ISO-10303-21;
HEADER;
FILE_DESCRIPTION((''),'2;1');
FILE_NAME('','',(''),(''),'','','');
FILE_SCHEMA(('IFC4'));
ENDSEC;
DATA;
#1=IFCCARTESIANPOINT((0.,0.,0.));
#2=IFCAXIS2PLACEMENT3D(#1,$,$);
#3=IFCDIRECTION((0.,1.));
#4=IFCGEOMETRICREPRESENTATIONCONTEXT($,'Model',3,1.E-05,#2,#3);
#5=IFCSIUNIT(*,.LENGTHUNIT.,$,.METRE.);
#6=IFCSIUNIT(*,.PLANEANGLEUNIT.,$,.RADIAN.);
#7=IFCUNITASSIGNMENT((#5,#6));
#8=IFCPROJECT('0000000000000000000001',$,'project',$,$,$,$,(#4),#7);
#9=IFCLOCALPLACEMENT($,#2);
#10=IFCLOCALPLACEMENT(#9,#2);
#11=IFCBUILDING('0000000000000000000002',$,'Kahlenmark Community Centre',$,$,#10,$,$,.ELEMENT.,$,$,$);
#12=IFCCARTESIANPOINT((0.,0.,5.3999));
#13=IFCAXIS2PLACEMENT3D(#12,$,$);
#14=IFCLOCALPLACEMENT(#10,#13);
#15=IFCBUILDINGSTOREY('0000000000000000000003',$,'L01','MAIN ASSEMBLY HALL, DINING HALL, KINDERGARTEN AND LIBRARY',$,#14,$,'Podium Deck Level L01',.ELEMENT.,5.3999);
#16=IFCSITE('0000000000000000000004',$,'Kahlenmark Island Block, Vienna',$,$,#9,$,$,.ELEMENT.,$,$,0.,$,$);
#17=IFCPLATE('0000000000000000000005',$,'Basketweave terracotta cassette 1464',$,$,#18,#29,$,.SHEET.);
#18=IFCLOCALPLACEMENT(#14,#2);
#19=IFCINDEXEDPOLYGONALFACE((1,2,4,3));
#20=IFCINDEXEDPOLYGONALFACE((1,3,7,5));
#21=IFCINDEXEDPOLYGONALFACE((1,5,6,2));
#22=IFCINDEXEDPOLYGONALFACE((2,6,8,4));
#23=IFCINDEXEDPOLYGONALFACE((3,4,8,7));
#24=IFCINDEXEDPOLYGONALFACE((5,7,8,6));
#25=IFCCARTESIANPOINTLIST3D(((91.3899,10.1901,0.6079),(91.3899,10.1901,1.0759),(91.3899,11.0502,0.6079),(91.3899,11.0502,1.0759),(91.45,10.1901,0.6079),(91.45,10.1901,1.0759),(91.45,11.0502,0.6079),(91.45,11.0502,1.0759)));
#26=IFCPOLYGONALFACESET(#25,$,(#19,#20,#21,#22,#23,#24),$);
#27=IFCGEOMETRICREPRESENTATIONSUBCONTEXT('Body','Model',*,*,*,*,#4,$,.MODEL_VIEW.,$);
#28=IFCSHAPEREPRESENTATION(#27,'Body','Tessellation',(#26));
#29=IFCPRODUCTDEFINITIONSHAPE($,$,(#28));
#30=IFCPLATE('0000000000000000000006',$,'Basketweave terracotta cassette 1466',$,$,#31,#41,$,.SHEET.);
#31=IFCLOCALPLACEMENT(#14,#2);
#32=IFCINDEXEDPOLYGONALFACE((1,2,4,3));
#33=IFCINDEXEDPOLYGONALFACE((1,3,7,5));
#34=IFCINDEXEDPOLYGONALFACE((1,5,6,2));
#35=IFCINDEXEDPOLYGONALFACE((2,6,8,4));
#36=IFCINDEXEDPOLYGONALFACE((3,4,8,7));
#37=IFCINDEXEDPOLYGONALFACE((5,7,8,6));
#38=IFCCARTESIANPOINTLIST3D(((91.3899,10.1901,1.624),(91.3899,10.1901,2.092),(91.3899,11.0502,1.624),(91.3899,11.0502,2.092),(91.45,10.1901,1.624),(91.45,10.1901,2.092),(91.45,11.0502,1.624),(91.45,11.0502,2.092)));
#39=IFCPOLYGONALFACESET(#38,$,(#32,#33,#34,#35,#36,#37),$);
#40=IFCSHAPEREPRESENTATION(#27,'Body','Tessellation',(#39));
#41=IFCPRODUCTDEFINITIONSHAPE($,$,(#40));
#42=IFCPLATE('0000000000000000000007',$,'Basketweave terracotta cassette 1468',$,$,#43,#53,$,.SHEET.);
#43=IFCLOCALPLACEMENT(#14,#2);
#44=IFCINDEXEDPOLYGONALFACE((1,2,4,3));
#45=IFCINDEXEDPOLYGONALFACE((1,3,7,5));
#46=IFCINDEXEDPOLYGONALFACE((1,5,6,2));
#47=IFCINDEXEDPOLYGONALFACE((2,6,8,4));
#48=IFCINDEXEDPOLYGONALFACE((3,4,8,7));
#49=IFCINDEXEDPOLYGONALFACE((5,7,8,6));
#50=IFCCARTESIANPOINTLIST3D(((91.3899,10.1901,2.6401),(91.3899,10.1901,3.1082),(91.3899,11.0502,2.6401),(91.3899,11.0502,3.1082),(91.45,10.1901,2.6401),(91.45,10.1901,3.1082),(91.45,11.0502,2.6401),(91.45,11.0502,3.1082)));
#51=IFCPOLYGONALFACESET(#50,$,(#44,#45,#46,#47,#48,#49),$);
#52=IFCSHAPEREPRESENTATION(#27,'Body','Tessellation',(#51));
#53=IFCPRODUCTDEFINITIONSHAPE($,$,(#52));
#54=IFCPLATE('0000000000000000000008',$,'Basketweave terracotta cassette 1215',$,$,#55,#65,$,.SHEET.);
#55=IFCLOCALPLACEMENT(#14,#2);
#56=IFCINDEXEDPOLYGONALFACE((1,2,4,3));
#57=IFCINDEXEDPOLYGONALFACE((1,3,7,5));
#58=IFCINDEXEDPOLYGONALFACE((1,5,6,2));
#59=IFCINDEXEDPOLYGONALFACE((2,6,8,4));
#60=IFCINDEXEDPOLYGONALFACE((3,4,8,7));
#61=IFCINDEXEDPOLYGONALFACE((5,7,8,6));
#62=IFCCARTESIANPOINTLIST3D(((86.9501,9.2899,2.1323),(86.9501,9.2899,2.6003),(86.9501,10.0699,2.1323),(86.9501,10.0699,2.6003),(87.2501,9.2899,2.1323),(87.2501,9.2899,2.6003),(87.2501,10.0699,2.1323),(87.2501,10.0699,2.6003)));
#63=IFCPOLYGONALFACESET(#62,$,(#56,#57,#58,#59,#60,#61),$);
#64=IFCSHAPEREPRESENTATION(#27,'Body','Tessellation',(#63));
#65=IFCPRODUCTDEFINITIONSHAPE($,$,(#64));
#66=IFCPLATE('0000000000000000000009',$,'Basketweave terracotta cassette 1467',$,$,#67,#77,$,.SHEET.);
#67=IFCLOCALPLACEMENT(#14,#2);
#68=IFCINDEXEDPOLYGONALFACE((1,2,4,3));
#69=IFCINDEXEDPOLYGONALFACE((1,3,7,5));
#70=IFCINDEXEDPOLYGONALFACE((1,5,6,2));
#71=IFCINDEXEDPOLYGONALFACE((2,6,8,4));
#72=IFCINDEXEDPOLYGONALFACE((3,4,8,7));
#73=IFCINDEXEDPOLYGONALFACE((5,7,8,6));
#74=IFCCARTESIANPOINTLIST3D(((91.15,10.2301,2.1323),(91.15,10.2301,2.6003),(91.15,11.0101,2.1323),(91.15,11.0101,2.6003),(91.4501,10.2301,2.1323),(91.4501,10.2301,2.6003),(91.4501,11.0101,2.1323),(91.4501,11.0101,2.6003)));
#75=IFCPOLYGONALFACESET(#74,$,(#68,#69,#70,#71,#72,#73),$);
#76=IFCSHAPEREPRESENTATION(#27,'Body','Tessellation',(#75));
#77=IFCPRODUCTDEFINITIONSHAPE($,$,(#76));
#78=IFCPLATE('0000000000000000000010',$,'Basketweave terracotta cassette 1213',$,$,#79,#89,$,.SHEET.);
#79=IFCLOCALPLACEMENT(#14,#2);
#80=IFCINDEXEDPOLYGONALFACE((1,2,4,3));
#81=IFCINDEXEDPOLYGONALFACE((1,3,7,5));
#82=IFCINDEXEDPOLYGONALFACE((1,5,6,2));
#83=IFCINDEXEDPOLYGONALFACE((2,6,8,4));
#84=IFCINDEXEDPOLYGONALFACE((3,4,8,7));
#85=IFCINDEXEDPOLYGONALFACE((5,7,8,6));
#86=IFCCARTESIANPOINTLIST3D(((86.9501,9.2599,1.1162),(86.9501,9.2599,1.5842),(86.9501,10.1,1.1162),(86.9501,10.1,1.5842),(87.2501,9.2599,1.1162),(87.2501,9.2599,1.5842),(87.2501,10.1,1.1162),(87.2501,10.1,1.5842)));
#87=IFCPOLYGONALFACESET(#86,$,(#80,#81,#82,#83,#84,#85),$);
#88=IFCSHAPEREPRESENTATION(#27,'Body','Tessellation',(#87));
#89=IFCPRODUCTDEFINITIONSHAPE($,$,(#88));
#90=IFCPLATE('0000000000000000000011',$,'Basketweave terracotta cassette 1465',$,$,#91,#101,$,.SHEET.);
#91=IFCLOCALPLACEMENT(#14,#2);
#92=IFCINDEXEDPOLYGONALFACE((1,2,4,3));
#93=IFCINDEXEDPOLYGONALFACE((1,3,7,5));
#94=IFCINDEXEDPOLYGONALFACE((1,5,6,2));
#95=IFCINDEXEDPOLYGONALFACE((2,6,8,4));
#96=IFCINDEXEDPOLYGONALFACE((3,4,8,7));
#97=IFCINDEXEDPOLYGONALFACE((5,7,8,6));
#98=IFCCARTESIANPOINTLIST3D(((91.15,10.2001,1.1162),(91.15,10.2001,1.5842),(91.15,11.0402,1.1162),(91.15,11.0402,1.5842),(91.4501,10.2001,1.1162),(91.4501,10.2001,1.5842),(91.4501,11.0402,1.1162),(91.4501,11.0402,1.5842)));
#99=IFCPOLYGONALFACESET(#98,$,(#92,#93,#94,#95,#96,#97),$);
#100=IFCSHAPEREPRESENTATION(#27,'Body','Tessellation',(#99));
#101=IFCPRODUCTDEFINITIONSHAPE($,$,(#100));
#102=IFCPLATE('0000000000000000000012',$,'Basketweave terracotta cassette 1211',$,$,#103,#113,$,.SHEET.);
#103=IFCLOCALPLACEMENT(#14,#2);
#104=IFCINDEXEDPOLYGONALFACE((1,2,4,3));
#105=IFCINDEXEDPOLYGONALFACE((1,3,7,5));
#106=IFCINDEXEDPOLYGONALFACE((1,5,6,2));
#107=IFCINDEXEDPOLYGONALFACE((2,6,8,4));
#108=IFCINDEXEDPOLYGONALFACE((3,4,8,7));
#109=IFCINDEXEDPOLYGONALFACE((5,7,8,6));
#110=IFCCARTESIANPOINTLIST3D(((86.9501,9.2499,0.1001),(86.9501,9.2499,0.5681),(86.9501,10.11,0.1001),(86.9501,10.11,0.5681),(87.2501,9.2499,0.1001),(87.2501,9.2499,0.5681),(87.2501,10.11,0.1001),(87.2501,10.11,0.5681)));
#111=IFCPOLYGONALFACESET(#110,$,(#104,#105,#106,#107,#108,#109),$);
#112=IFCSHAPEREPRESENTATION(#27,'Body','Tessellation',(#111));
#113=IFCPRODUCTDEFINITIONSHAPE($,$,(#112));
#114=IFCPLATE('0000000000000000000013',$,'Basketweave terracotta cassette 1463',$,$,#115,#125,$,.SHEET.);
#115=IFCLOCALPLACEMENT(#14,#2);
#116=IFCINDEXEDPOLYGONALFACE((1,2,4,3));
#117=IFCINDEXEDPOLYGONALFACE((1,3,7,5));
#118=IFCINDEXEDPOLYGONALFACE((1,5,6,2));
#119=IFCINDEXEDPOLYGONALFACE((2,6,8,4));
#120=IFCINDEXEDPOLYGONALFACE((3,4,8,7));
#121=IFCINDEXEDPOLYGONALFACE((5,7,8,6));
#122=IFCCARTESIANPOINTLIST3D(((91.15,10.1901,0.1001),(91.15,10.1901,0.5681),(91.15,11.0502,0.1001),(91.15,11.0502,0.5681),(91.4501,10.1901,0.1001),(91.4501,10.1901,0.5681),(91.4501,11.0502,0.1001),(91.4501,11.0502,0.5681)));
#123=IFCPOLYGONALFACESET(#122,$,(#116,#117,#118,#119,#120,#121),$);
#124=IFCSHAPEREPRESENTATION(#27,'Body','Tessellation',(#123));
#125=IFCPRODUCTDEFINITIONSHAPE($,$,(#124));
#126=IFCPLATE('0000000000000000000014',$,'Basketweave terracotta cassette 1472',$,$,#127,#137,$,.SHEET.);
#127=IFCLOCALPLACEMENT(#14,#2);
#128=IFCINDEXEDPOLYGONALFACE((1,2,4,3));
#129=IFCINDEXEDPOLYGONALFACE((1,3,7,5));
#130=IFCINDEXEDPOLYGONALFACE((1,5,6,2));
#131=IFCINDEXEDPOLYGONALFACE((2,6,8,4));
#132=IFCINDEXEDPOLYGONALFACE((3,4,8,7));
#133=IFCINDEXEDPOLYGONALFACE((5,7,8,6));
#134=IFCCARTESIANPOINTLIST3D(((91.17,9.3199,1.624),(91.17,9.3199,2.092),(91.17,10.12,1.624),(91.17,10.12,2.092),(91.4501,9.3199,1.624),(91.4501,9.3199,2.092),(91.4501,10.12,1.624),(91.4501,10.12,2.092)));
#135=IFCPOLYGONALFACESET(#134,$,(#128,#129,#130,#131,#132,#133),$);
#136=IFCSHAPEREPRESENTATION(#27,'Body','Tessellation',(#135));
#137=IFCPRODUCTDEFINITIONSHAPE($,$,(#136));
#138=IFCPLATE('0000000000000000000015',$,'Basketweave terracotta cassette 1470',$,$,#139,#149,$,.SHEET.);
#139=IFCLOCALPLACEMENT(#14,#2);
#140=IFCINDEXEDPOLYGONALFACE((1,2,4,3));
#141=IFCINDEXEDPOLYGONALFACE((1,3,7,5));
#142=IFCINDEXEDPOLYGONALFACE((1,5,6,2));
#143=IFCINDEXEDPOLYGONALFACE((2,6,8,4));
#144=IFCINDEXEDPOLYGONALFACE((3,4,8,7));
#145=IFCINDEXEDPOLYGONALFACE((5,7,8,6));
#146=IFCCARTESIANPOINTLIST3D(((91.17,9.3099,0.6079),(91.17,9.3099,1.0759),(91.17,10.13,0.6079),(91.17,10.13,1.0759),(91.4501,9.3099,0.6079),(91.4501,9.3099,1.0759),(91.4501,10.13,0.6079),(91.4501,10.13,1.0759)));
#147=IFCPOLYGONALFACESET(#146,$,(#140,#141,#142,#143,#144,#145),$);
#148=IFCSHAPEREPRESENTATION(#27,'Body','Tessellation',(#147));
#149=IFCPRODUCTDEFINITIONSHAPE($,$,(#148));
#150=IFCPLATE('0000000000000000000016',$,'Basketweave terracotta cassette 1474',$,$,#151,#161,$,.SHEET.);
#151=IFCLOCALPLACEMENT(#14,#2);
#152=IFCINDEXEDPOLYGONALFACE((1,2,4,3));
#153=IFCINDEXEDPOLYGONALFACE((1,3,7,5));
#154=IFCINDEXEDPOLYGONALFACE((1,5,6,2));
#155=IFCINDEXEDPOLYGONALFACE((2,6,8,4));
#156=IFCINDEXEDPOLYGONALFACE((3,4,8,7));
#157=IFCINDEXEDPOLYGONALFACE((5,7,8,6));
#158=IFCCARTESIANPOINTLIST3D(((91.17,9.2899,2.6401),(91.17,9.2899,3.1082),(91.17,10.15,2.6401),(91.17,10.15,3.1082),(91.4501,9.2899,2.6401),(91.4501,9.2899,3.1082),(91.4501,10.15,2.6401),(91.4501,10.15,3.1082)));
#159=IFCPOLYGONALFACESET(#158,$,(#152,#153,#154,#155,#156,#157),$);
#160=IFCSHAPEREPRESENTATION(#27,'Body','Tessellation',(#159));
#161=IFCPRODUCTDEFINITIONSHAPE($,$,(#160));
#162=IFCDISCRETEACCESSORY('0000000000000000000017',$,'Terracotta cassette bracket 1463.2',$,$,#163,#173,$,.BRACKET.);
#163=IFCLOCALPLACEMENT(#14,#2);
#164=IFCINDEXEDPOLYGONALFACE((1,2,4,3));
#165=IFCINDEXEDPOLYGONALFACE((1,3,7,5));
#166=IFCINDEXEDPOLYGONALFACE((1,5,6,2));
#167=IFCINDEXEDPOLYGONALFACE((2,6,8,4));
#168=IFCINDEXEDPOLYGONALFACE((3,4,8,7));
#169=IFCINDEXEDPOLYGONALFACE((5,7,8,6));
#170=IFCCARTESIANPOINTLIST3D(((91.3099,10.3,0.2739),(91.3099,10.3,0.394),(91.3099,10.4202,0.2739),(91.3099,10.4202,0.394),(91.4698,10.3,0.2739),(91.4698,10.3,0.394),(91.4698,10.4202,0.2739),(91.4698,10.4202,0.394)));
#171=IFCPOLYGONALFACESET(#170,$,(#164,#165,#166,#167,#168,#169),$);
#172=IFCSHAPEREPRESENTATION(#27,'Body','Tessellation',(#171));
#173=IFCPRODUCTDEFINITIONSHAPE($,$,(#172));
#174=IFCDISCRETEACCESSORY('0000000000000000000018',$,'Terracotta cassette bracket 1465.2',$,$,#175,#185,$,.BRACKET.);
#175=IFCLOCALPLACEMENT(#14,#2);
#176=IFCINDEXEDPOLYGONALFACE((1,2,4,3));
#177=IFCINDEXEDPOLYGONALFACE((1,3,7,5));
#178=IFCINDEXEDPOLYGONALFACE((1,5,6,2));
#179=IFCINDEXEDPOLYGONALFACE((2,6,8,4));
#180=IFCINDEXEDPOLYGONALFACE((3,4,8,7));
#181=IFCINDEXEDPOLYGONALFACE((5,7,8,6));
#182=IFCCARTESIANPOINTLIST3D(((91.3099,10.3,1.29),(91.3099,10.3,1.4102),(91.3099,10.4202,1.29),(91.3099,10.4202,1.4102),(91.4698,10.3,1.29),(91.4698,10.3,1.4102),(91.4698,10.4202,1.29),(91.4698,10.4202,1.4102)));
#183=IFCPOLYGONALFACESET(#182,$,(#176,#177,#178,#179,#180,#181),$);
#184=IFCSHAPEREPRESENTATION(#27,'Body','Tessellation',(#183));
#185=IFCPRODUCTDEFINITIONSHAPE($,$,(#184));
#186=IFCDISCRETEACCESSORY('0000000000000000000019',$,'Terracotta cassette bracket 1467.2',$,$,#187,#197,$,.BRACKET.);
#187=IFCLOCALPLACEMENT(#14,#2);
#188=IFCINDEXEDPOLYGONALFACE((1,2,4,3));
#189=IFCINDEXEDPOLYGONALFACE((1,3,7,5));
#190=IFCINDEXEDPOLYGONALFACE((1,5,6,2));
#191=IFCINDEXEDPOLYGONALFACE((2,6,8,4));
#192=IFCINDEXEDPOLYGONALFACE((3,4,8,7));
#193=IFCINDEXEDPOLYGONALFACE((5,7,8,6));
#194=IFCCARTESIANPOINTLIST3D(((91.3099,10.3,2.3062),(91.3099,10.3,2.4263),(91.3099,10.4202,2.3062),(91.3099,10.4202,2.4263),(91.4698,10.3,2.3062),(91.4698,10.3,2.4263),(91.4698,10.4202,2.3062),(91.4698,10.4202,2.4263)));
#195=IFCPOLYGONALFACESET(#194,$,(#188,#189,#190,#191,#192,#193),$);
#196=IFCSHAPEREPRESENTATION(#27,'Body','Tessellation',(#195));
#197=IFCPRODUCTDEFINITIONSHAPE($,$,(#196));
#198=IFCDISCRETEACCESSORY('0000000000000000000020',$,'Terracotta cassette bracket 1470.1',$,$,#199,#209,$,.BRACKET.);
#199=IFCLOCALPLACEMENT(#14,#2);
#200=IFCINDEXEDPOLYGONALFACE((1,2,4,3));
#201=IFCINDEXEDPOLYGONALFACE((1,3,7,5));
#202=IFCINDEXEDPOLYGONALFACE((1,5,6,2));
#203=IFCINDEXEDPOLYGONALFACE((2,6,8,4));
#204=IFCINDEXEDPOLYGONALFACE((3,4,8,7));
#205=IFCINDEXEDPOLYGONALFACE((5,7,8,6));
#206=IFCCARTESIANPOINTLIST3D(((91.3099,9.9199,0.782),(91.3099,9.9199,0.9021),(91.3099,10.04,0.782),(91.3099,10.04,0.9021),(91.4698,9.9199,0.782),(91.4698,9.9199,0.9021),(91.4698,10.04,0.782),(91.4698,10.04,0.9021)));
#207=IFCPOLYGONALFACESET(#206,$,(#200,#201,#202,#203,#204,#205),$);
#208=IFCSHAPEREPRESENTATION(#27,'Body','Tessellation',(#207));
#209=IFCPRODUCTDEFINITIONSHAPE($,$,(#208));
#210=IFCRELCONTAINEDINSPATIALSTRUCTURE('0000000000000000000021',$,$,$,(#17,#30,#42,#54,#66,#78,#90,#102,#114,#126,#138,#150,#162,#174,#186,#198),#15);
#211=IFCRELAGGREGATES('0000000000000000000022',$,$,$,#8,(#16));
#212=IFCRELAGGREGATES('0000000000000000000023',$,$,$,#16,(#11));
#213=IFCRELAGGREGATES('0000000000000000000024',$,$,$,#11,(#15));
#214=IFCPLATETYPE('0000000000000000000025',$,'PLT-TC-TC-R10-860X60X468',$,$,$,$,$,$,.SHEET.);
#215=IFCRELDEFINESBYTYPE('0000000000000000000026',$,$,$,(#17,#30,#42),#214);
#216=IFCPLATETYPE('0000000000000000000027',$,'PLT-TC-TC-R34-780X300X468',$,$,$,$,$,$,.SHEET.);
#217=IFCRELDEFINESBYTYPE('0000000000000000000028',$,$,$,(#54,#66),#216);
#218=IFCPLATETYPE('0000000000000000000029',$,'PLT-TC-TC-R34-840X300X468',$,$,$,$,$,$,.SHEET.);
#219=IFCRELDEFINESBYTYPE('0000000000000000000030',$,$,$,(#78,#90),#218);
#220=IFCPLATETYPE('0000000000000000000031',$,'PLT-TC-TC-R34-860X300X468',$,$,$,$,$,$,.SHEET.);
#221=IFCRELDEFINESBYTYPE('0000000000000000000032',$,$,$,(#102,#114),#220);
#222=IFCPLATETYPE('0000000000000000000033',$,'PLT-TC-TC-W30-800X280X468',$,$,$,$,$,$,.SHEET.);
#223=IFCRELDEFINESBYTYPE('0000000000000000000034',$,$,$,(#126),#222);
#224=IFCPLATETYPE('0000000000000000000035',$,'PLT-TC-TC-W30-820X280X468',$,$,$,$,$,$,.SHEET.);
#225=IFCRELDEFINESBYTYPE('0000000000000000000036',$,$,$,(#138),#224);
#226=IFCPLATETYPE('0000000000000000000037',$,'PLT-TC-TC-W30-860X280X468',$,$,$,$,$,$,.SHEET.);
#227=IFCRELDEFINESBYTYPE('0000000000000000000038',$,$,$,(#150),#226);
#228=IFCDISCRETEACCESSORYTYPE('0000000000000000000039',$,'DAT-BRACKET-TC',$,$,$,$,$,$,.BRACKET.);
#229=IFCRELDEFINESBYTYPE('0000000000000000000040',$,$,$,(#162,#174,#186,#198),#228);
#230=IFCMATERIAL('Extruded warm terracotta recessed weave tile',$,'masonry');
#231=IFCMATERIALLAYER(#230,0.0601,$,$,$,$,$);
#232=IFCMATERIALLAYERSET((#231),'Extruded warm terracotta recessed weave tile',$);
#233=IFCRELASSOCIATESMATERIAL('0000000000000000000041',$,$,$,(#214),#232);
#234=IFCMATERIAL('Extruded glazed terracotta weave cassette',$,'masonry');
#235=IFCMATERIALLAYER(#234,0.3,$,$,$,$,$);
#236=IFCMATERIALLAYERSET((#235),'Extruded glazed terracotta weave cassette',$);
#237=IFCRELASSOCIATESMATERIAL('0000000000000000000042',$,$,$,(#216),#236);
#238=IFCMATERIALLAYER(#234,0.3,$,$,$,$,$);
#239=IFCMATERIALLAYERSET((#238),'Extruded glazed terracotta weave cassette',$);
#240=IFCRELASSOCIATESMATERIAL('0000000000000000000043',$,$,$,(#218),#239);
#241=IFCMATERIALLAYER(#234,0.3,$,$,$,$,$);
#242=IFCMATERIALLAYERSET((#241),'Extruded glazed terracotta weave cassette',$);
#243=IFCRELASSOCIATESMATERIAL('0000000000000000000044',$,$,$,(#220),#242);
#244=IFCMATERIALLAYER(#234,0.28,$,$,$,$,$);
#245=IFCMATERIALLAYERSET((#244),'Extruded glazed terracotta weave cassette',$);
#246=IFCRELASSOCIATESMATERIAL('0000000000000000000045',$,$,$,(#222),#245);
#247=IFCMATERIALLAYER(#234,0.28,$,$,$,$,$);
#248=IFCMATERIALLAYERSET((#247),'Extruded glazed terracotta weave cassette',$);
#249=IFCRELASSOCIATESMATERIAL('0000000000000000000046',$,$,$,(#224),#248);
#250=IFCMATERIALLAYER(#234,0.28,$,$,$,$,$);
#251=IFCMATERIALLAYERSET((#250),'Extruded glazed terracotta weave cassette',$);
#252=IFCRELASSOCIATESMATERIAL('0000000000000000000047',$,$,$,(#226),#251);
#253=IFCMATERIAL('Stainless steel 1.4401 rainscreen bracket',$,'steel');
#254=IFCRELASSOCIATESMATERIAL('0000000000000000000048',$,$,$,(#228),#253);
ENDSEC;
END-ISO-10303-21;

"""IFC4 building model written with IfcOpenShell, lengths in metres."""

from ifc_helpers import new_model, si_unit, direction, frame, origin, origin_2d, place, context, subcontext, project, spatial, rectangle, extrude, material, layer, layer_set, type_object, element, save


model = new_model("IFC4")

# Units and contexts
model_context = context("Model", 3, precision=1e-05, world=origin(), true_north=direction((0.0, 1.0)))
body_context = subcontext(model_context, "Body", "Model", "MODEL_VIEW")
ifc_project = project(units=[si_unit("LENGTHUNIT", "METRE"), si_unit("PLANEANGLEUNIT", "RADIAN")], contexts=[model_context])

# Site, building, storey
site_placement = place(None, origin())
site = spatial("IfcSite", under=ifc_project, at=site_placement, Name="Kahlenmark Island Block, Vienna", CompositionType="ELEMENT", RefElevation=0.0)
building_placement = place(site_placement, origin())
building = spatial("IfcBuilding", under=site, at=building_placement, Name="Kahlenmark Community Centre", CompositionType="ELEMENT")
storey_placement = place(building_placement, frame((0.0, 0.0, 5.3999)))
storey = spatial("IfcBuildingStorey", under=building, at=storey_placement, Name="L01", Description="MAIN ASSEMBLY HALL, DINING HALL, KINDERGARTEN AND LIBRARY", LongName="Podium Deck Level L01", CompositionType="ELEMENT", Elevation=5.3999)

# Plates
ifc_material_1 = material(Name="Extruded warm terracotta recessed weave tile", Category="masonry")
ifc_layer_1 = layer(ifc_material_1, 0.0601)
ifc_layer_set_1 = layer_set([ifc_layer_1], Name="Extruded warm terracotta recessed weave tile")
plate_type_1 = type_object("IfcPlateType", Name="PLT-TC-TC-R10-860X60X468", PredefinedType="SHEET", material=ifc_layer_set_1)
for number, where, z_axis, x_axis, name in (
    (1, (91.4199, 10.6201, 0.6079), (0.0, 0.0, 1.0), (0.0, -1.0, 0.0), "Basketweave terracotta cassette 1464"),
    (2, (91.4199, 10.6201, 1.624), (0.0, 0.0, 1.0), (0.0, -1.0, 0.0), "Basketweave terracotta cassette 1466"),
    (3, (91.4199, 10.6201, 2.6401), (0.0, 0.0, 1.0), (0.0, -1.0, 0.0), "Basketweave terracotta cassette 1468"),
):
    element("IfcPlate", number, at=place(storey_placement, frame(where, z_axis=z_axis, x_axis=x_axis)), inside=storey, type_object=plate_type_1, Name=name, PredefinedType="SHEET", context=body_context, shape_type="SweptSolid", body=[
        extrude(rectangle(XDim=0.8601, YDim=0.0601, at=origin_2d()), origin(), (0.0, 0.0, 1.0), 0.468),
    ])
ifc_material_2 = material(Name="Extruded glazed terracotta weave cassette", Category="masonry")
ifc_layer_2 = layer(ifc_material_2, 0.3)
ifc_layer_set_2 = layer_set([ifc_layer_2], Name="Extruded glazed terracotta weave cassette")
plate_type_2 = type_object("IfcPlateType", Name="PLT-TC-TC-R34-780X300X468", PredefinedType="SHEET", material=ifc_layer_set_2)
for number, where, z_axis, x_axis, name in (
    (4, (87.1001, 9.6799, 2.1323), (0.0, 0.0, 1.0), (0.0, 1.0, 0.0), "Basketweave terracotta cassette 1215"),
    (5, (91.3, 10.6201, 2.1323), (0.0, 0.0, 1.0), (0.0, -1.0, 0.0), "Basketweave terracotta cassette 1467"),
):
    element("IfcPlate", number, at=place(storey_placement, frame(where, z_axis=z_axis, x_axis=x_axis)), inside=storey, type_object=plate_type_2, Name=name, PredefinedType="SHEET", context=body_context, shape_type="SweptSolid", body=[
        extrude(rectangle(XDim=0.78, YDim=0.3, at=origin_2d()), origin(), (0.0, 0.0, 1.0), 0.468),
    ])
ifc_layer_3 = layer(ifc_material_2, 0.3)
ifc_layer_set_3 = layer_set([ifc_layer_3], Name="Extruded glazed terracotta weave cassette")
plate_type_3 = type_object("IfcPlateType", Name="PLT-TC-TC-R34-840X300X468", PredefinedType="SHEET", material=ifc_layer_set_3)
for number, where, z_axis, x_axis, name in (
    (6, (87.1001, 9.6799, 1.1162), (0.0, 0.0, 1.0), (0.0, 1.0, 0.0), "Basketweave terracotta cassette 1213"),
    (7, (91.3, 10.6201, 1.1162), (0.0, 0.0, 1.0), (0.0, -1.0, 0.0), "Basketweave terracotta cassette 1465"),
):
    element("IfcPlate", number, at=place(storey_placement, frame(where, z_axis=z_axis, x_axis=x_axis)), inside=storey, type_object=plate_type_3, Name=name, PredefinedType="SHEET", context=body_context, shape_type="SweptSolid", body=[
        extrude(rectangle(XDim=0.8401, YDim=0.3, at=origin_2d()), origin(), (0.0, 0.0, 1.0), 0.468),
    ])
ifc_layer_4 = layer(ifc_material_2, 0.3)
ifc_layer_set_4 = layer_set([ifc_layer_4], Name="Extruded glazed terracotta weave cassette")
plate_type_4 = type_object("IfcPlateType", Name="PLT-TC-TC-R34-860X300X468", PredefinedType="SHEET", material=ifc_layer_set_4)
for number, where, z_axis, x_axis, name in (
    (8, (87.1001, 9.6799, 0.1001), (0.0, 0.0, 1.0), (0.0, 1.0, 0.0), "Basketweave terracotta cassette 1211"),
    (9, (91.3, 10.6201, 0.1001), (0.0, 0.0, 1.0), (0.0, -1.0, 0.0), "Basketweave terracotta cassette 1463"),
):
    element("IfcPlate", number, at=place(storey_placement, frame(where, z_axis=z_axis, x_axis=x_axis)), inside=storey, type_object=plate_type_4, Name=name, PredefinedType="SHEET", context=body_context, shape_type="SweptSolid", body=[
        extrude(rectangle(XDim=0.8601, YDim=0.3, at=origin_2d()), origin(), (0.0, 0.0, 1.0), 0.468),
    ])
ifc_layer_5 = layer(ifc_material_2, 0.28)
ifc_layer_set_5 = layer_set([ifc_layer_5], Name="Extruded glazed terracotta weave cassette")
plate_type_5 = type_object("IfcPlateType", Name="PLT-TC-TC-W30-800X280X468", PredefinedType="SHEET", material=ifc_layer_set_5)
plate_1_placement = place(storey_placement, frame((91.3101, 9.72, 1.624), z_axis=(0.0, 0.0, 1.0), x_axis=(0.0, -1.0, 0.0)))
element("IfcPlate", 10, at=plate_1_placement, inside=storey, type_object=plate_type_5, Name="Basketweave terracotta cassette 1472", PredefinedType="SHEET", context=body_context, shape_type="SweptSolid", body=[
    extrude(rectangle(XDim=0.8, YDim=0.28, at=origin_2d()), origin(), (0.0, 0.0, 1.0), 0.468),
])
ifc_layer_6 = layer(ifc_material_2, 0.28)
ifc_layer_set_6 = layer_set([ifc_layer_6], Name="Extruded glazed terracotta weave cassette")
plate_type_6 = type_object("IfcPlateType", Name="PLT-TC-TC-W30-820X280X468", PredefinedType="SHEET", material=ifc_layer_set_6)
plate_2_placement = place(storey_placement, frame((91.3101, 9.72, 0.6079), z_axis=(0.0, 0.0, 1.0), x_axis=(0.0, -1.0, 0.0)))
element("IfcPlate", 11, at=plate_2_placement, inside=storey, type_object=plate_type_6, Name="Basketweave terracotta cassette 1470", PredefinedType="SHEET", context=body_context, shape_type="SweptSolid", body=[
    extrude(rectangle(XDim=0.8201, YDim=0.28, at=origin_2d()), origin(), (0.0, 0.0, 1.0), 0.468),
])
ifc_layer_7 = layer(ifc_material_2, 0.28)
ifc_layer_set_7 = layer_set([ifc_layer_7], Name="Extruded glazed terracotta weave cassette")
plate_type_7 = type_object("IfcPlateType", Name="PLT-TC-TC-W30-860X280X468", PredefinedType="SHEET", material=ifc_layer_set_7)
plate_3_placement = place(storey_placement, frame((91.3101, 9.72, 2.6401), z_axis=(0.0, 0.0, 1.0), x_axis=(0.0, -1.0, 0.0)))
element("IfcPlate", 12, at=plate_3_placement, inside=storey, type_object=plate_type_7, Name="Basketweave terracotta cassette 1474", PredefinedType="SHEET", context=body_context, shape_type="SweptSolid", body=[
    extrude(rectangle(XDim=0.8601, YDim=0.28, at=origin_2d()), origin(), (0.0, 0.0, 1.0), 0.468),
])

# Discrete accessories
ifc_material_3 = material(Name="Stainless steel 1.4401 rainscreen bracket", Category="steel")
discrete_accessory_type = type_object("IfcDiscreteAccessoryType", Name="DAT-BRACKET-TC", PredefinedType="BRACKET", material=ifc_material_3)
for number, where, z_axis, x_axis, name in (
    (13, (91.3899, 10.3601, 0.2739), (0.0, 0.0, 1.0), (0.0, -1.0, 0.0), "Terracotta cassette bracket 1463.2"),
    (14, (91.3899, 10.3601, 1.29), (0.0, 0.0, 1.0), (0.0, -1.0, 0.0), "Terracotta cassette bracket 1465.2"),
    (15, (91.3899, 10.3601, 2.3062), (0.0, 0.0, 1.0), (0.0, -1.0, 0.0), "Terracotta cassette bracket 1467.2"),
    (16, (91.3899, 9.98, 0.782), (0.0, 0.0, 1.0), (0.0, -1.0, 0.0), "Terracotta cassette bracket 1470.1"),
):
    element("IfcDiscreteAccessory", number, at=place(storey_placement, frame(where, z_axis=z_axis, x_axis=x_axis)), inside=storey, type_object=discrete_accessory_type, Name=name, PredefinedType="BRACKET", context=body_context, shape_type="SweptSolid", body=[
        extrude(rectangle(XDim=0.1201, YDim=0.1599, at=origin_2d()), origin(), (0.0, 0.0, 1.0), 0.1201),
    ])

save(model, "model.ifc")
